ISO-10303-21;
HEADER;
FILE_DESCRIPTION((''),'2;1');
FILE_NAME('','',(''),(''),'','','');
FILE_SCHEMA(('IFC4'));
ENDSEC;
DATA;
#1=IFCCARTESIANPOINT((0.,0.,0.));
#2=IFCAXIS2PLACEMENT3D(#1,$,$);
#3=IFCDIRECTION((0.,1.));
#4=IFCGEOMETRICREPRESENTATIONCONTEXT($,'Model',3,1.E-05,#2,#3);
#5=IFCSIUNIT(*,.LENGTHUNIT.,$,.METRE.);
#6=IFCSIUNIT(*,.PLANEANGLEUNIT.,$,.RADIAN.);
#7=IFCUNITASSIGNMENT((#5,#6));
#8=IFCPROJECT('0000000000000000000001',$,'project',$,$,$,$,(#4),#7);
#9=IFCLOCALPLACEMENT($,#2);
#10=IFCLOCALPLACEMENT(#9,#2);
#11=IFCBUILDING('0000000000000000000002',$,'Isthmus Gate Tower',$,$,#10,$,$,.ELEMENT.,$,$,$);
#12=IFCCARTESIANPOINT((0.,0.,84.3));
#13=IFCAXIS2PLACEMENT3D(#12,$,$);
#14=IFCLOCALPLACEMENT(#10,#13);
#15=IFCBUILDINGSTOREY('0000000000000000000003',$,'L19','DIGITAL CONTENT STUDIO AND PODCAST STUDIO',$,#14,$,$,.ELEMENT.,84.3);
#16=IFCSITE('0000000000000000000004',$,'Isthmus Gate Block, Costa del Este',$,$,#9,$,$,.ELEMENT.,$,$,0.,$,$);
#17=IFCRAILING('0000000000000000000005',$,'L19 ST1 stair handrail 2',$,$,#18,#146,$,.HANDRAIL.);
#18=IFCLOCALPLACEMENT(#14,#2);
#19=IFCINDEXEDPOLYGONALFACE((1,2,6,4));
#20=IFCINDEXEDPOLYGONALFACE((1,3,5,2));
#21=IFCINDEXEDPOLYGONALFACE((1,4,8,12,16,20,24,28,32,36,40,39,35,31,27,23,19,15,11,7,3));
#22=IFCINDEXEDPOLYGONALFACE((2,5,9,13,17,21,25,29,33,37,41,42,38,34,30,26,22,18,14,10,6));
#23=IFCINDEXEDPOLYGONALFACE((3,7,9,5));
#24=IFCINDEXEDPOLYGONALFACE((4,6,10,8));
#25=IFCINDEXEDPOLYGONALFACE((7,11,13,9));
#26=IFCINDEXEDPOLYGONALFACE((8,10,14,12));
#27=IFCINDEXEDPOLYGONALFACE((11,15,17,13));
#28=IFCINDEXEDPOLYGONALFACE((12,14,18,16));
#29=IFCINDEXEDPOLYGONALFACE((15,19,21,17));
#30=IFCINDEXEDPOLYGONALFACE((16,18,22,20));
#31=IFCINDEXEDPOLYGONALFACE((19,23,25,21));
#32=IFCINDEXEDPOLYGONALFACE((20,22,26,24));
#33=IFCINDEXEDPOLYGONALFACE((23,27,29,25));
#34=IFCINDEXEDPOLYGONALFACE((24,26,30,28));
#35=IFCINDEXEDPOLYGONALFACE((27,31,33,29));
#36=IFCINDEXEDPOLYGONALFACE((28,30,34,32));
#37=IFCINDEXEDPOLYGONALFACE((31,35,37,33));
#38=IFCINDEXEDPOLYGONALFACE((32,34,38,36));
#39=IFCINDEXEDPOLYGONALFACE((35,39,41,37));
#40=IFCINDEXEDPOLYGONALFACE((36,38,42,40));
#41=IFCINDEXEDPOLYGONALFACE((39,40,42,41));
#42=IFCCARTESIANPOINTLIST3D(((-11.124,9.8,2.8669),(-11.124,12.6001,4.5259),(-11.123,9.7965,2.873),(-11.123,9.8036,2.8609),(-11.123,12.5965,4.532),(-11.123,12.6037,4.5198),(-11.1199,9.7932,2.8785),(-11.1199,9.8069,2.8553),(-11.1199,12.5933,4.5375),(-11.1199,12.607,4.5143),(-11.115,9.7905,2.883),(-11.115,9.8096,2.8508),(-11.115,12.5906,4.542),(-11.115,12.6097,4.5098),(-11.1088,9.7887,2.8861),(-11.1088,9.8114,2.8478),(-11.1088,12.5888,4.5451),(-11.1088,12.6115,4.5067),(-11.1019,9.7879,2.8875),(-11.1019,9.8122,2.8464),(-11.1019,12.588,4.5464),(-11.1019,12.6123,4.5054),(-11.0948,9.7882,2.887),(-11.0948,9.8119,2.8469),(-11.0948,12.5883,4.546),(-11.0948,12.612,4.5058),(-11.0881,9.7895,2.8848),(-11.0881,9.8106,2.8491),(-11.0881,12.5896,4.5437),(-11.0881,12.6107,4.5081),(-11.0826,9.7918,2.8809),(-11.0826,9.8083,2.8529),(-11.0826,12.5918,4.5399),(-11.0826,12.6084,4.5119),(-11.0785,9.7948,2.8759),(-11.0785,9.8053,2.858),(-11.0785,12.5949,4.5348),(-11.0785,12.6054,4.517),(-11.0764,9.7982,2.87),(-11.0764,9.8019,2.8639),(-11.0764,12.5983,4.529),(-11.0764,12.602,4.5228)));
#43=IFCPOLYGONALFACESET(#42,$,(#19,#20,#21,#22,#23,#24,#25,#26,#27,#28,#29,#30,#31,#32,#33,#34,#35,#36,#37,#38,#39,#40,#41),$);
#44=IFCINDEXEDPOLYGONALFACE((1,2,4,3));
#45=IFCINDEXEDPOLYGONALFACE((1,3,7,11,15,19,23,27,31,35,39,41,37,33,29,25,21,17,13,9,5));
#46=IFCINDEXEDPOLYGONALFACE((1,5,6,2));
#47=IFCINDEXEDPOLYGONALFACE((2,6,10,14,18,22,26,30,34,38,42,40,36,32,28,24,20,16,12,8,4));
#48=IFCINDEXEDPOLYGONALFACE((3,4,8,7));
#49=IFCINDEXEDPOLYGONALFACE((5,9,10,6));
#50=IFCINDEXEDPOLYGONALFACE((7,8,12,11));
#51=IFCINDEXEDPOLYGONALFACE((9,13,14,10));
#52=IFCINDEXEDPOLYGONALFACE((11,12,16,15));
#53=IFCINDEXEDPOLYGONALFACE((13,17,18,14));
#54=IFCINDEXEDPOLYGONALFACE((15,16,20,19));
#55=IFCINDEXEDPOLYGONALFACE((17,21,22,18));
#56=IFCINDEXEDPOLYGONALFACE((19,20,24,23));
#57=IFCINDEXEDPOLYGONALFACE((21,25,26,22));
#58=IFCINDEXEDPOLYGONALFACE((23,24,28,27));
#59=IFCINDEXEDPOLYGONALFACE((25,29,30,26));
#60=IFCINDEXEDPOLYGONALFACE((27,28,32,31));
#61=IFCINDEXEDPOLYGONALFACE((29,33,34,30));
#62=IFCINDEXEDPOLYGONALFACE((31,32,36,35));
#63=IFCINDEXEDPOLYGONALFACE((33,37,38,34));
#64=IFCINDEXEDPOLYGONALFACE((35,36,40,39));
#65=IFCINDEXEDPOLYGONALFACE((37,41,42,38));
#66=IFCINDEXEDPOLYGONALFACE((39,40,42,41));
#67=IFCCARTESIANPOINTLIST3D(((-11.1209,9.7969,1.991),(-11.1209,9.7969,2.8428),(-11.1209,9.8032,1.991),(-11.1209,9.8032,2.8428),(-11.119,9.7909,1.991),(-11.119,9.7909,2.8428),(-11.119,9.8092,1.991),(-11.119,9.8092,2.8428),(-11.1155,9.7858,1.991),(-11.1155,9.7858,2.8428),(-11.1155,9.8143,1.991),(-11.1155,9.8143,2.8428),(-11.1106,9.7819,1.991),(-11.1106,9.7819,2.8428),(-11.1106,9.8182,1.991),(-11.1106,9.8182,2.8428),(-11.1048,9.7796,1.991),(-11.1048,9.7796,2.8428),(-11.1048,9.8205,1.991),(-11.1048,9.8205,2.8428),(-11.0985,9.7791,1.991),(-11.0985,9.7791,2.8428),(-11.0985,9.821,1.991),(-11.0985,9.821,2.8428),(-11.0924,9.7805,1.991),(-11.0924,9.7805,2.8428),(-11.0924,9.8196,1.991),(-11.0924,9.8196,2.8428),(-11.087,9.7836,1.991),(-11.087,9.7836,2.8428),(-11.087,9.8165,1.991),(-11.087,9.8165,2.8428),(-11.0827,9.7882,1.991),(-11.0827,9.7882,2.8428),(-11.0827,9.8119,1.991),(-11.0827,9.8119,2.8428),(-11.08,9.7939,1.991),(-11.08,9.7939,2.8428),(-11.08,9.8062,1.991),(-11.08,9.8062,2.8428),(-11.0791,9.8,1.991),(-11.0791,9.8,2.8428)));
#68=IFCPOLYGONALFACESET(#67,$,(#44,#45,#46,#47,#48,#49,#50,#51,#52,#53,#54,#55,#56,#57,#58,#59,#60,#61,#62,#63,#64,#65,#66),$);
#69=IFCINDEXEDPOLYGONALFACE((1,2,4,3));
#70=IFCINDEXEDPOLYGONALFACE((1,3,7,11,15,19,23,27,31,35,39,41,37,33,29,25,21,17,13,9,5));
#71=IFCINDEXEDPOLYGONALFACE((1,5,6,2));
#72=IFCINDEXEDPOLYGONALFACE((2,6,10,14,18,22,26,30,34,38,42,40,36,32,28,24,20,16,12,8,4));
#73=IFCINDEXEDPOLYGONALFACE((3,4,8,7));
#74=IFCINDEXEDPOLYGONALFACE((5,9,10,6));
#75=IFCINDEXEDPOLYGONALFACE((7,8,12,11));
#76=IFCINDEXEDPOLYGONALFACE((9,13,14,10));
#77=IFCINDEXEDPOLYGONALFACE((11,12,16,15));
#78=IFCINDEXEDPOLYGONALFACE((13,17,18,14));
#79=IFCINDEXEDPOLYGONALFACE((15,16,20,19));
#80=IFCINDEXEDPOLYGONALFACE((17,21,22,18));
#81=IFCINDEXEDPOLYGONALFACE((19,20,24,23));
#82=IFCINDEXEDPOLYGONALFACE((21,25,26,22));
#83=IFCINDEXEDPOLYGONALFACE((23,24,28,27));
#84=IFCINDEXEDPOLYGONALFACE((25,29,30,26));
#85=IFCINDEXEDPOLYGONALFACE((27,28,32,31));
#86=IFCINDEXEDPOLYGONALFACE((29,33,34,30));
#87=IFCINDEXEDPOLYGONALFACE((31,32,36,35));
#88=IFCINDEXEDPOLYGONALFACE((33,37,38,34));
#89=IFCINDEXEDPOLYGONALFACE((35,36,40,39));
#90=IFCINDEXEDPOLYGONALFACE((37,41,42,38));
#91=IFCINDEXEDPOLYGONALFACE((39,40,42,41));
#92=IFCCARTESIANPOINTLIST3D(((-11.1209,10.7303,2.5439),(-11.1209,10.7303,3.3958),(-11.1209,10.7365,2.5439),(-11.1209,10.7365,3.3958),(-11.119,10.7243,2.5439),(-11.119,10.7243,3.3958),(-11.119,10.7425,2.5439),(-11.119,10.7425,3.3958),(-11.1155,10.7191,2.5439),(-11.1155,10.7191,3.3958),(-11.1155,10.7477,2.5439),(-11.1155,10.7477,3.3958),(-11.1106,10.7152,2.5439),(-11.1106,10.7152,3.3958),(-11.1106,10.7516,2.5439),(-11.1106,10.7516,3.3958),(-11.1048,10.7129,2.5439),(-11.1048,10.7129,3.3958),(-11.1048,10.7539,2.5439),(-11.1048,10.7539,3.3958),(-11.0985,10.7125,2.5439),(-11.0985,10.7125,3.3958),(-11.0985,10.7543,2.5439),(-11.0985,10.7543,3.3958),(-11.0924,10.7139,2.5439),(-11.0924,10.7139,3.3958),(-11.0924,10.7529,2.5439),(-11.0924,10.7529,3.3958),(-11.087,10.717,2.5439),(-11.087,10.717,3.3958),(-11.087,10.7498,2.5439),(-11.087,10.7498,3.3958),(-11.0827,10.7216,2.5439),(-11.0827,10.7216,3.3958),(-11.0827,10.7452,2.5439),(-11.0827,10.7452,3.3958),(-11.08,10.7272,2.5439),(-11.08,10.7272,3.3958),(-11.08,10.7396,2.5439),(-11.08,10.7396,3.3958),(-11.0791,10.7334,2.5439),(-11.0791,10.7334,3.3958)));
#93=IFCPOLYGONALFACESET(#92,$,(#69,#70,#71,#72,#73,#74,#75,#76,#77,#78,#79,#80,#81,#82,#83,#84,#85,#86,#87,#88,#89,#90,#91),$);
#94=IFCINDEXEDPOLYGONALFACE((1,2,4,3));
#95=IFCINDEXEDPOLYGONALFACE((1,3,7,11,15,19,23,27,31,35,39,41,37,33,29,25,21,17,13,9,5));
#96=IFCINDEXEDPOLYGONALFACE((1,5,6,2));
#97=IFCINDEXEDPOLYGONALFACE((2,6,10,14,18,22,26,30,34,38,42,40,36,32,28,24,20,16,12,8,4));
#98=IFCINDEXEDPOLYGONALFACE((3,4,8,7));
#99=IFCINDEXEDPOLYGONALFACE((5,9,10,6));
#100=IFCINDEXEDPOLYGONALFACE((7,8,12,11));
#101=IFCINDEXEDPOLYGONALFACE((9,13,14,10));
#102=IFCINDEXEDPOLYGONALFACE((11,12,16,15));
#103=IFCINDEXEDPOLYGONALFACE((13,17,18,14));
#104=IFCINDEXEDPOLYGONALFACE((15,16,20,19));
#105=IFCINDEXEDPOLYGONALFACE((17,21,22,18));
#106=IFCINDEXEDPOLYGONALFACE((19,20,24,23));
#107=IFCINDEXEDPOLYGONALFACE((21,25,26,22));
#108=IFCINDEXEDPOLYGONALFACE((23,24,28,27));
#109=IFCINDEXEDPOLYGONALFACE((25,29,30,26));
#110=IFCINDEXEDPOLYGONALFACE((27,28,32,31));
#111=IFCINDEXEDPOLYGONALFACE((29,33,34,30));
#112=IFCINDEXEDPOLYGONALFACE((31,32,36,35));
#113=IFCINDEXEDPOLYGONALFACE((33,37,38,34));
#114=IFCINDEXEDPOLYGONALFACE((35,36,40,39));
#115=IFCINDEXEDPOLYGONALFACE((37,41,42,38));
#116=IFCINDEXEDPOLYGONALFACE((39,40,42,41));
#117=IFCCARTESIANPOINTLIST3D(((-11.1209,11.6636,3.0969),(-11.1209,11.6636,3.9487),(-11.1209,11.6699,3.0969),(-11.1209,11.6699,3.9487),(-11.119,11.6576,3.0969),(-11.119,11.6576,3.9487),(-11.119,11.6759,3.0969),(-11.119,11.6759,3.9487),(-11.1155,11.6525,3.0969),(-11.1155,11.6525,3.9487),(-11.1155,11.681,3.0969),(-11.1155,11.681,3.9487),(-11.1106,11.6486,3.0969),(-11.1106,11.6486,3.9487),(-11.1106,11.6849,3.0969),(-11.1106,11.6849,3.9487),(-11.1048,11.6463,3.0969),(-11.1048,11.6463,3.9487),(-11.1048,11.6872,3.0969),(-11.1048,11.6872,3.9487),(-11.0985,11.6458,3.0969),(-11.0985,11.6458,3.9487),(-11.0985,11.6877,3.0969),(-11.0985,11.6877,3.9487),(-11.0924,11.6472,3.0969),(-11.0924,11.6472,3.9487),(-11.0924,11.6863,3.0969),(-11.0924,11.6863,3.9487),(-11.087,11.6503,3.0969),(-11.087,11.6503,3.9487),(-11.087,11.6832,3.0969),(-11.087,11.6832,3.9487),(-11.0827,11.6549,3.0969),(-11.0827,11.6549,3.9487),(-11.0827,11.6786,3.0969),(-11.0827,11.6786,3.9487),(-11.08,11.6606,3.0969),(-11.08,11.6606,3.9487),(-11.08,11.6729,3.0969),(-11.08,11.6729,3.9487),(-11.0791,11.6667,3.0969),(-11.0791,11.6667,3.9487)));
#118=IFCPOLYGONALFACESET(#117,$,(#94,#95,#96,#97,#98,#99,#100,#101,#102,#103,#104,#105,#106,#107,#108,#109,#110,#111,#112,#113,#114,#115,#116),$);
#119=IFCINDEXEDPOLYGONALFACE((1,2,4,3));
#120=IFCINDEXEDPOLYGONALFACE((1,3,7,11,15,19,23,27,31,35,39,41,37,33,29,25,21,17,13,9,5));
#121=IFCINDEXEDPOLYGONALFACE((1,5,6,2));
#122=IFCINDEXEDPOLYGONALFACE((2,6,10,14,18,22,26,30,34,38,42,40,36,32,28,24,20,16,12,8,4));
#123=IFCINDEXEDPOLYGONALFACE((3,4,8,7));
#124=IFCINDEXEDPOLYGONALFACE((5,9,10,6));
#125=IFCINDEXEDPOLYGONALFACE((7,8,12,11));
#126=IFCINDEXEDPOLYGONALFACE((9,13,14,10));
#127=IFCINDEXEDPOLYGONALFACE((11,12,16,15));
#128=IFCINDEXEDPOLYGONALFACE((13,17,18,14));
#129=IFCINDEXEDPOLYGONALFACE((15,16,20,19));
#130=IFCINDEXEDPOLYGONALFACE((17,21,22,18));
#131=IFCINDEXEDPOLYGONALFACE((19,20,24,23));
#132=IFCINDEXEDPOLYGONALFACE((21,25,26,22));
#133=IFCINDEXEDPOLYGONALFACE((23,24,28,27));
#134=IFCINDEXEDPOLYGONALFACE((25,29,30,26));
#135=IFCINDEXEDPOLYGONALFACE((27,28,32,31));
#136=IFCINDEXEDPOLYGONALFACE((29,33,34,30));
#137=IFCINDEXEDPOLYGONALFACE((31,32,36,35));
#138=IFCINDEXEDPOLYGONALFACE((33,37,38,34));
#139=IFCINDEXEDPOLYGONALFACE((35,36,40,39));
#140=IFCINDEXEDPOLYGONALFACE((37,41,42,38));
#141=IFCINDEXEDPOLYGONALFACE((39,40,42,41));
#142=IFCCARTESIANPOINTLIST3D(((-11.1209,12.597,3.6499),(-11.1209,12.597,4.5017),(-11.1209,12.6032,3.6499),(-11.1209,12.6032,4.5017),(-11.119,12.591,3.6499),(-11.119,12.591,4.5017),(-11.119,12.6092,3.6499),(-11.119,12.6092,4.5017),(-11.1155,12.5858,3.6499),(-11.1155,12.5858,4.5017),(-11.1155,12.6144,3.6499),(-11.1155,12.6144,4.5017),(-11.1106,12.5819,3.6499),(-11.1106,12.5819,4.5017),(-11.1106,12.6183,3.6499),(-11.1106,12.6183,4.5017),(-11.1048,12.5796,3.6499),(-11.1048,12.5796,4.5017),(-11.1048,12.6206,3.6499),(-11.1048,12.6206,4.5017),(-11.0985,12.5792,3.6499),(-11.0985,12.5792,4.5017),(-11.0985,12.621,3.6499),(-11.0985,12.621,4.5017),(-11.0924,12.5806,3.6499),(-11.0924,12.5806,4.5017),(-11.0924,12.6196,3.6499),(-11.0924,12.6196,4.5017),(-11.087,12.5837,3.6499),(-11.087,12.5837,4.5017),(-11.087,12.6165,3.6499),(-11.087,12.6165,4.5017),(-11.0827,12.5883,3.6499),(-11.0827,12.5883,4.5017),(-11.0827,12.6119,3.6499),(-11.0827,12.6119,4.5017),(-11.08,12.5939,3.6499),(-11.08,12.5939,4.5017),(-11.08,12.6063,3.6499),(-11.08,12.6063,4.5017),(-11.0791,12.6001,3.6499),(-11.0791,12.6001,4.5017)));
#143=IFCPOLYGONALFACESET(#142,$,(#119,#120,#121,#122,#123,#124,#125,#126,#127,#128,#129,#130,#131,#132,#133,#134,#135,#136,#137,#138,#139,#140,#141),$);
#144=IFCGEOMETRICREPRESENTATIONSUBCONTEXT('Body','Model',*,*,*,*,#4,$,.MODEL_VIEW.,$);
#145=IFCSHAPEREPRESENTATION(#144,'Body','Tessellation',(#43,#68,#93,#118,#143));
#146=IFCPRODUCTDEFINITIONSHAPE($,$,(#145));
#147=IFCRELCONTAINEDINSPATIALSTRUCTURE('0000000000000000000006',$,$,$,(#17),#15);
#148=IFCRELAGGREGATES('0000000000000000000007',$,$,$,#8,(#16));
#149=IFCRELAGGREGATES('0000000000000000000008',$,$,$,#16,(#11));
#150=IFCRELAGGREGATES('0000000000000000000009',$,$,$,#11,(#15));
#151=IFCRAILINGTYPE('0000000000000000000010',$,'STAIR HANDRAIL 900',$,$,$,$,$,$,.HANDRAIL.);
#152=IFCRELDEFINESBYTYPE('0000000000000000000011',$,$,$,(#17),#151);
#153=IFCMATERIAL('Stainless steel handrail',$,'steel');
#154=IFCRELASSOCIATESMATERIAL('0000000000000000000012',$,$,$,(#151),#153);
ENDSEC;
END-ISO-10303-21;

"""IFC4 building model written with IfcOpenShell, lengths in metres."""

from ifc_helpers import new_model, si_unit, direction, frame, origin, origin_2d, place, context, subcontext, project, spatial, circle, extrude, material, type_object, element, save


model = new_model("IFC4")

# Units and contexts
model_context = context("Model", 3, precision=1e-05, world=origin(), true_north=direction((0.0, 1.0)))
body_context = subcontext(model_context, "Body", "Model", "MODEL_VIEW")
ifc_project = project(units=[si_unit("LENGTHUNIT", "METRE"), si_unit("PLANEANGLEUNIT", "RADIAN")], contexts=[model_context])

# Site, building, storey
site_placement = place(None, origin())
site = spatial("IfcSite", under=ifc_project, at=site_placement, Name="Isthmus Gate Block, Costa del Este", CompositionType="ELEMENT", RefElevation=0.0)
building_placement = place(site_placement, origin())
building = spatial("IfcBuilding", under=site, at=building_placement, Name="Isthmus Gate Tower", CompositionType="ELEMENT")
storey_placement = place(building_placement, frame((0.0, 0.0, 84.3)))
storey = spatial("IfcBuildingStorey", under=building, at=storey_placement, Name="L19", Description="DIGITAL CONTENT STUDIO AND PODCAST STUDIO", CompositionType="ELEMENT", Elevation=84.3)

# Railing
ifc_material_1 = material(Name="Stainless steel handrail", Category="steel")
railing_type = type_object("IfcRailingType", Name="STAIR HANDRAIL 900", PredefinedType="HANDRAIL", material=ifc_material_1)
railing_1_placement = place(storey_placement, frame((-11.1001, 9.8, 1.991)))
element("IfcRailing", 1, at=railing_1_placement, inside=storey, type_object=railing_type, Name="L19 ST1 stair handrail 2", PredefinedType="HANDRAIL", context=body_context, shape_type="SweptSolid", body=[
    extrude(circle(Radius=0.0239, at=origin_2d()), frame((0.0, 0.0, 0.876), z_axis=(0.0, 0.860339, 0.509722), x_axis=(-1.0, 0.0, 0.0)), (0.0, 0.0, 1.0), 3.2546),
    extrude(circle(Radius=0.021, at=origin_2d()), origin(), (0.0, 0.0, 1.0), 0.8518),
    extrude(circle(Radius=0.021, at=origin_2d()), frame((0.0, 0.9333, 0.553)), (0.0, 0.0, 1.0), 0.8518),
    extrude(circle(Radius=0.021, at=origin_2d()), frame((0.0, 1.8667, 1.106)), (0.0, 0.0, 1.0), 0.8518),
    extrude(circle(Radius=0.021, at=origin_2d()), frame((0.0, 2.8, 1.6589)), (0.0, 0.0, 1.0), 0.8518),
])

save(model, "model.ifc")
